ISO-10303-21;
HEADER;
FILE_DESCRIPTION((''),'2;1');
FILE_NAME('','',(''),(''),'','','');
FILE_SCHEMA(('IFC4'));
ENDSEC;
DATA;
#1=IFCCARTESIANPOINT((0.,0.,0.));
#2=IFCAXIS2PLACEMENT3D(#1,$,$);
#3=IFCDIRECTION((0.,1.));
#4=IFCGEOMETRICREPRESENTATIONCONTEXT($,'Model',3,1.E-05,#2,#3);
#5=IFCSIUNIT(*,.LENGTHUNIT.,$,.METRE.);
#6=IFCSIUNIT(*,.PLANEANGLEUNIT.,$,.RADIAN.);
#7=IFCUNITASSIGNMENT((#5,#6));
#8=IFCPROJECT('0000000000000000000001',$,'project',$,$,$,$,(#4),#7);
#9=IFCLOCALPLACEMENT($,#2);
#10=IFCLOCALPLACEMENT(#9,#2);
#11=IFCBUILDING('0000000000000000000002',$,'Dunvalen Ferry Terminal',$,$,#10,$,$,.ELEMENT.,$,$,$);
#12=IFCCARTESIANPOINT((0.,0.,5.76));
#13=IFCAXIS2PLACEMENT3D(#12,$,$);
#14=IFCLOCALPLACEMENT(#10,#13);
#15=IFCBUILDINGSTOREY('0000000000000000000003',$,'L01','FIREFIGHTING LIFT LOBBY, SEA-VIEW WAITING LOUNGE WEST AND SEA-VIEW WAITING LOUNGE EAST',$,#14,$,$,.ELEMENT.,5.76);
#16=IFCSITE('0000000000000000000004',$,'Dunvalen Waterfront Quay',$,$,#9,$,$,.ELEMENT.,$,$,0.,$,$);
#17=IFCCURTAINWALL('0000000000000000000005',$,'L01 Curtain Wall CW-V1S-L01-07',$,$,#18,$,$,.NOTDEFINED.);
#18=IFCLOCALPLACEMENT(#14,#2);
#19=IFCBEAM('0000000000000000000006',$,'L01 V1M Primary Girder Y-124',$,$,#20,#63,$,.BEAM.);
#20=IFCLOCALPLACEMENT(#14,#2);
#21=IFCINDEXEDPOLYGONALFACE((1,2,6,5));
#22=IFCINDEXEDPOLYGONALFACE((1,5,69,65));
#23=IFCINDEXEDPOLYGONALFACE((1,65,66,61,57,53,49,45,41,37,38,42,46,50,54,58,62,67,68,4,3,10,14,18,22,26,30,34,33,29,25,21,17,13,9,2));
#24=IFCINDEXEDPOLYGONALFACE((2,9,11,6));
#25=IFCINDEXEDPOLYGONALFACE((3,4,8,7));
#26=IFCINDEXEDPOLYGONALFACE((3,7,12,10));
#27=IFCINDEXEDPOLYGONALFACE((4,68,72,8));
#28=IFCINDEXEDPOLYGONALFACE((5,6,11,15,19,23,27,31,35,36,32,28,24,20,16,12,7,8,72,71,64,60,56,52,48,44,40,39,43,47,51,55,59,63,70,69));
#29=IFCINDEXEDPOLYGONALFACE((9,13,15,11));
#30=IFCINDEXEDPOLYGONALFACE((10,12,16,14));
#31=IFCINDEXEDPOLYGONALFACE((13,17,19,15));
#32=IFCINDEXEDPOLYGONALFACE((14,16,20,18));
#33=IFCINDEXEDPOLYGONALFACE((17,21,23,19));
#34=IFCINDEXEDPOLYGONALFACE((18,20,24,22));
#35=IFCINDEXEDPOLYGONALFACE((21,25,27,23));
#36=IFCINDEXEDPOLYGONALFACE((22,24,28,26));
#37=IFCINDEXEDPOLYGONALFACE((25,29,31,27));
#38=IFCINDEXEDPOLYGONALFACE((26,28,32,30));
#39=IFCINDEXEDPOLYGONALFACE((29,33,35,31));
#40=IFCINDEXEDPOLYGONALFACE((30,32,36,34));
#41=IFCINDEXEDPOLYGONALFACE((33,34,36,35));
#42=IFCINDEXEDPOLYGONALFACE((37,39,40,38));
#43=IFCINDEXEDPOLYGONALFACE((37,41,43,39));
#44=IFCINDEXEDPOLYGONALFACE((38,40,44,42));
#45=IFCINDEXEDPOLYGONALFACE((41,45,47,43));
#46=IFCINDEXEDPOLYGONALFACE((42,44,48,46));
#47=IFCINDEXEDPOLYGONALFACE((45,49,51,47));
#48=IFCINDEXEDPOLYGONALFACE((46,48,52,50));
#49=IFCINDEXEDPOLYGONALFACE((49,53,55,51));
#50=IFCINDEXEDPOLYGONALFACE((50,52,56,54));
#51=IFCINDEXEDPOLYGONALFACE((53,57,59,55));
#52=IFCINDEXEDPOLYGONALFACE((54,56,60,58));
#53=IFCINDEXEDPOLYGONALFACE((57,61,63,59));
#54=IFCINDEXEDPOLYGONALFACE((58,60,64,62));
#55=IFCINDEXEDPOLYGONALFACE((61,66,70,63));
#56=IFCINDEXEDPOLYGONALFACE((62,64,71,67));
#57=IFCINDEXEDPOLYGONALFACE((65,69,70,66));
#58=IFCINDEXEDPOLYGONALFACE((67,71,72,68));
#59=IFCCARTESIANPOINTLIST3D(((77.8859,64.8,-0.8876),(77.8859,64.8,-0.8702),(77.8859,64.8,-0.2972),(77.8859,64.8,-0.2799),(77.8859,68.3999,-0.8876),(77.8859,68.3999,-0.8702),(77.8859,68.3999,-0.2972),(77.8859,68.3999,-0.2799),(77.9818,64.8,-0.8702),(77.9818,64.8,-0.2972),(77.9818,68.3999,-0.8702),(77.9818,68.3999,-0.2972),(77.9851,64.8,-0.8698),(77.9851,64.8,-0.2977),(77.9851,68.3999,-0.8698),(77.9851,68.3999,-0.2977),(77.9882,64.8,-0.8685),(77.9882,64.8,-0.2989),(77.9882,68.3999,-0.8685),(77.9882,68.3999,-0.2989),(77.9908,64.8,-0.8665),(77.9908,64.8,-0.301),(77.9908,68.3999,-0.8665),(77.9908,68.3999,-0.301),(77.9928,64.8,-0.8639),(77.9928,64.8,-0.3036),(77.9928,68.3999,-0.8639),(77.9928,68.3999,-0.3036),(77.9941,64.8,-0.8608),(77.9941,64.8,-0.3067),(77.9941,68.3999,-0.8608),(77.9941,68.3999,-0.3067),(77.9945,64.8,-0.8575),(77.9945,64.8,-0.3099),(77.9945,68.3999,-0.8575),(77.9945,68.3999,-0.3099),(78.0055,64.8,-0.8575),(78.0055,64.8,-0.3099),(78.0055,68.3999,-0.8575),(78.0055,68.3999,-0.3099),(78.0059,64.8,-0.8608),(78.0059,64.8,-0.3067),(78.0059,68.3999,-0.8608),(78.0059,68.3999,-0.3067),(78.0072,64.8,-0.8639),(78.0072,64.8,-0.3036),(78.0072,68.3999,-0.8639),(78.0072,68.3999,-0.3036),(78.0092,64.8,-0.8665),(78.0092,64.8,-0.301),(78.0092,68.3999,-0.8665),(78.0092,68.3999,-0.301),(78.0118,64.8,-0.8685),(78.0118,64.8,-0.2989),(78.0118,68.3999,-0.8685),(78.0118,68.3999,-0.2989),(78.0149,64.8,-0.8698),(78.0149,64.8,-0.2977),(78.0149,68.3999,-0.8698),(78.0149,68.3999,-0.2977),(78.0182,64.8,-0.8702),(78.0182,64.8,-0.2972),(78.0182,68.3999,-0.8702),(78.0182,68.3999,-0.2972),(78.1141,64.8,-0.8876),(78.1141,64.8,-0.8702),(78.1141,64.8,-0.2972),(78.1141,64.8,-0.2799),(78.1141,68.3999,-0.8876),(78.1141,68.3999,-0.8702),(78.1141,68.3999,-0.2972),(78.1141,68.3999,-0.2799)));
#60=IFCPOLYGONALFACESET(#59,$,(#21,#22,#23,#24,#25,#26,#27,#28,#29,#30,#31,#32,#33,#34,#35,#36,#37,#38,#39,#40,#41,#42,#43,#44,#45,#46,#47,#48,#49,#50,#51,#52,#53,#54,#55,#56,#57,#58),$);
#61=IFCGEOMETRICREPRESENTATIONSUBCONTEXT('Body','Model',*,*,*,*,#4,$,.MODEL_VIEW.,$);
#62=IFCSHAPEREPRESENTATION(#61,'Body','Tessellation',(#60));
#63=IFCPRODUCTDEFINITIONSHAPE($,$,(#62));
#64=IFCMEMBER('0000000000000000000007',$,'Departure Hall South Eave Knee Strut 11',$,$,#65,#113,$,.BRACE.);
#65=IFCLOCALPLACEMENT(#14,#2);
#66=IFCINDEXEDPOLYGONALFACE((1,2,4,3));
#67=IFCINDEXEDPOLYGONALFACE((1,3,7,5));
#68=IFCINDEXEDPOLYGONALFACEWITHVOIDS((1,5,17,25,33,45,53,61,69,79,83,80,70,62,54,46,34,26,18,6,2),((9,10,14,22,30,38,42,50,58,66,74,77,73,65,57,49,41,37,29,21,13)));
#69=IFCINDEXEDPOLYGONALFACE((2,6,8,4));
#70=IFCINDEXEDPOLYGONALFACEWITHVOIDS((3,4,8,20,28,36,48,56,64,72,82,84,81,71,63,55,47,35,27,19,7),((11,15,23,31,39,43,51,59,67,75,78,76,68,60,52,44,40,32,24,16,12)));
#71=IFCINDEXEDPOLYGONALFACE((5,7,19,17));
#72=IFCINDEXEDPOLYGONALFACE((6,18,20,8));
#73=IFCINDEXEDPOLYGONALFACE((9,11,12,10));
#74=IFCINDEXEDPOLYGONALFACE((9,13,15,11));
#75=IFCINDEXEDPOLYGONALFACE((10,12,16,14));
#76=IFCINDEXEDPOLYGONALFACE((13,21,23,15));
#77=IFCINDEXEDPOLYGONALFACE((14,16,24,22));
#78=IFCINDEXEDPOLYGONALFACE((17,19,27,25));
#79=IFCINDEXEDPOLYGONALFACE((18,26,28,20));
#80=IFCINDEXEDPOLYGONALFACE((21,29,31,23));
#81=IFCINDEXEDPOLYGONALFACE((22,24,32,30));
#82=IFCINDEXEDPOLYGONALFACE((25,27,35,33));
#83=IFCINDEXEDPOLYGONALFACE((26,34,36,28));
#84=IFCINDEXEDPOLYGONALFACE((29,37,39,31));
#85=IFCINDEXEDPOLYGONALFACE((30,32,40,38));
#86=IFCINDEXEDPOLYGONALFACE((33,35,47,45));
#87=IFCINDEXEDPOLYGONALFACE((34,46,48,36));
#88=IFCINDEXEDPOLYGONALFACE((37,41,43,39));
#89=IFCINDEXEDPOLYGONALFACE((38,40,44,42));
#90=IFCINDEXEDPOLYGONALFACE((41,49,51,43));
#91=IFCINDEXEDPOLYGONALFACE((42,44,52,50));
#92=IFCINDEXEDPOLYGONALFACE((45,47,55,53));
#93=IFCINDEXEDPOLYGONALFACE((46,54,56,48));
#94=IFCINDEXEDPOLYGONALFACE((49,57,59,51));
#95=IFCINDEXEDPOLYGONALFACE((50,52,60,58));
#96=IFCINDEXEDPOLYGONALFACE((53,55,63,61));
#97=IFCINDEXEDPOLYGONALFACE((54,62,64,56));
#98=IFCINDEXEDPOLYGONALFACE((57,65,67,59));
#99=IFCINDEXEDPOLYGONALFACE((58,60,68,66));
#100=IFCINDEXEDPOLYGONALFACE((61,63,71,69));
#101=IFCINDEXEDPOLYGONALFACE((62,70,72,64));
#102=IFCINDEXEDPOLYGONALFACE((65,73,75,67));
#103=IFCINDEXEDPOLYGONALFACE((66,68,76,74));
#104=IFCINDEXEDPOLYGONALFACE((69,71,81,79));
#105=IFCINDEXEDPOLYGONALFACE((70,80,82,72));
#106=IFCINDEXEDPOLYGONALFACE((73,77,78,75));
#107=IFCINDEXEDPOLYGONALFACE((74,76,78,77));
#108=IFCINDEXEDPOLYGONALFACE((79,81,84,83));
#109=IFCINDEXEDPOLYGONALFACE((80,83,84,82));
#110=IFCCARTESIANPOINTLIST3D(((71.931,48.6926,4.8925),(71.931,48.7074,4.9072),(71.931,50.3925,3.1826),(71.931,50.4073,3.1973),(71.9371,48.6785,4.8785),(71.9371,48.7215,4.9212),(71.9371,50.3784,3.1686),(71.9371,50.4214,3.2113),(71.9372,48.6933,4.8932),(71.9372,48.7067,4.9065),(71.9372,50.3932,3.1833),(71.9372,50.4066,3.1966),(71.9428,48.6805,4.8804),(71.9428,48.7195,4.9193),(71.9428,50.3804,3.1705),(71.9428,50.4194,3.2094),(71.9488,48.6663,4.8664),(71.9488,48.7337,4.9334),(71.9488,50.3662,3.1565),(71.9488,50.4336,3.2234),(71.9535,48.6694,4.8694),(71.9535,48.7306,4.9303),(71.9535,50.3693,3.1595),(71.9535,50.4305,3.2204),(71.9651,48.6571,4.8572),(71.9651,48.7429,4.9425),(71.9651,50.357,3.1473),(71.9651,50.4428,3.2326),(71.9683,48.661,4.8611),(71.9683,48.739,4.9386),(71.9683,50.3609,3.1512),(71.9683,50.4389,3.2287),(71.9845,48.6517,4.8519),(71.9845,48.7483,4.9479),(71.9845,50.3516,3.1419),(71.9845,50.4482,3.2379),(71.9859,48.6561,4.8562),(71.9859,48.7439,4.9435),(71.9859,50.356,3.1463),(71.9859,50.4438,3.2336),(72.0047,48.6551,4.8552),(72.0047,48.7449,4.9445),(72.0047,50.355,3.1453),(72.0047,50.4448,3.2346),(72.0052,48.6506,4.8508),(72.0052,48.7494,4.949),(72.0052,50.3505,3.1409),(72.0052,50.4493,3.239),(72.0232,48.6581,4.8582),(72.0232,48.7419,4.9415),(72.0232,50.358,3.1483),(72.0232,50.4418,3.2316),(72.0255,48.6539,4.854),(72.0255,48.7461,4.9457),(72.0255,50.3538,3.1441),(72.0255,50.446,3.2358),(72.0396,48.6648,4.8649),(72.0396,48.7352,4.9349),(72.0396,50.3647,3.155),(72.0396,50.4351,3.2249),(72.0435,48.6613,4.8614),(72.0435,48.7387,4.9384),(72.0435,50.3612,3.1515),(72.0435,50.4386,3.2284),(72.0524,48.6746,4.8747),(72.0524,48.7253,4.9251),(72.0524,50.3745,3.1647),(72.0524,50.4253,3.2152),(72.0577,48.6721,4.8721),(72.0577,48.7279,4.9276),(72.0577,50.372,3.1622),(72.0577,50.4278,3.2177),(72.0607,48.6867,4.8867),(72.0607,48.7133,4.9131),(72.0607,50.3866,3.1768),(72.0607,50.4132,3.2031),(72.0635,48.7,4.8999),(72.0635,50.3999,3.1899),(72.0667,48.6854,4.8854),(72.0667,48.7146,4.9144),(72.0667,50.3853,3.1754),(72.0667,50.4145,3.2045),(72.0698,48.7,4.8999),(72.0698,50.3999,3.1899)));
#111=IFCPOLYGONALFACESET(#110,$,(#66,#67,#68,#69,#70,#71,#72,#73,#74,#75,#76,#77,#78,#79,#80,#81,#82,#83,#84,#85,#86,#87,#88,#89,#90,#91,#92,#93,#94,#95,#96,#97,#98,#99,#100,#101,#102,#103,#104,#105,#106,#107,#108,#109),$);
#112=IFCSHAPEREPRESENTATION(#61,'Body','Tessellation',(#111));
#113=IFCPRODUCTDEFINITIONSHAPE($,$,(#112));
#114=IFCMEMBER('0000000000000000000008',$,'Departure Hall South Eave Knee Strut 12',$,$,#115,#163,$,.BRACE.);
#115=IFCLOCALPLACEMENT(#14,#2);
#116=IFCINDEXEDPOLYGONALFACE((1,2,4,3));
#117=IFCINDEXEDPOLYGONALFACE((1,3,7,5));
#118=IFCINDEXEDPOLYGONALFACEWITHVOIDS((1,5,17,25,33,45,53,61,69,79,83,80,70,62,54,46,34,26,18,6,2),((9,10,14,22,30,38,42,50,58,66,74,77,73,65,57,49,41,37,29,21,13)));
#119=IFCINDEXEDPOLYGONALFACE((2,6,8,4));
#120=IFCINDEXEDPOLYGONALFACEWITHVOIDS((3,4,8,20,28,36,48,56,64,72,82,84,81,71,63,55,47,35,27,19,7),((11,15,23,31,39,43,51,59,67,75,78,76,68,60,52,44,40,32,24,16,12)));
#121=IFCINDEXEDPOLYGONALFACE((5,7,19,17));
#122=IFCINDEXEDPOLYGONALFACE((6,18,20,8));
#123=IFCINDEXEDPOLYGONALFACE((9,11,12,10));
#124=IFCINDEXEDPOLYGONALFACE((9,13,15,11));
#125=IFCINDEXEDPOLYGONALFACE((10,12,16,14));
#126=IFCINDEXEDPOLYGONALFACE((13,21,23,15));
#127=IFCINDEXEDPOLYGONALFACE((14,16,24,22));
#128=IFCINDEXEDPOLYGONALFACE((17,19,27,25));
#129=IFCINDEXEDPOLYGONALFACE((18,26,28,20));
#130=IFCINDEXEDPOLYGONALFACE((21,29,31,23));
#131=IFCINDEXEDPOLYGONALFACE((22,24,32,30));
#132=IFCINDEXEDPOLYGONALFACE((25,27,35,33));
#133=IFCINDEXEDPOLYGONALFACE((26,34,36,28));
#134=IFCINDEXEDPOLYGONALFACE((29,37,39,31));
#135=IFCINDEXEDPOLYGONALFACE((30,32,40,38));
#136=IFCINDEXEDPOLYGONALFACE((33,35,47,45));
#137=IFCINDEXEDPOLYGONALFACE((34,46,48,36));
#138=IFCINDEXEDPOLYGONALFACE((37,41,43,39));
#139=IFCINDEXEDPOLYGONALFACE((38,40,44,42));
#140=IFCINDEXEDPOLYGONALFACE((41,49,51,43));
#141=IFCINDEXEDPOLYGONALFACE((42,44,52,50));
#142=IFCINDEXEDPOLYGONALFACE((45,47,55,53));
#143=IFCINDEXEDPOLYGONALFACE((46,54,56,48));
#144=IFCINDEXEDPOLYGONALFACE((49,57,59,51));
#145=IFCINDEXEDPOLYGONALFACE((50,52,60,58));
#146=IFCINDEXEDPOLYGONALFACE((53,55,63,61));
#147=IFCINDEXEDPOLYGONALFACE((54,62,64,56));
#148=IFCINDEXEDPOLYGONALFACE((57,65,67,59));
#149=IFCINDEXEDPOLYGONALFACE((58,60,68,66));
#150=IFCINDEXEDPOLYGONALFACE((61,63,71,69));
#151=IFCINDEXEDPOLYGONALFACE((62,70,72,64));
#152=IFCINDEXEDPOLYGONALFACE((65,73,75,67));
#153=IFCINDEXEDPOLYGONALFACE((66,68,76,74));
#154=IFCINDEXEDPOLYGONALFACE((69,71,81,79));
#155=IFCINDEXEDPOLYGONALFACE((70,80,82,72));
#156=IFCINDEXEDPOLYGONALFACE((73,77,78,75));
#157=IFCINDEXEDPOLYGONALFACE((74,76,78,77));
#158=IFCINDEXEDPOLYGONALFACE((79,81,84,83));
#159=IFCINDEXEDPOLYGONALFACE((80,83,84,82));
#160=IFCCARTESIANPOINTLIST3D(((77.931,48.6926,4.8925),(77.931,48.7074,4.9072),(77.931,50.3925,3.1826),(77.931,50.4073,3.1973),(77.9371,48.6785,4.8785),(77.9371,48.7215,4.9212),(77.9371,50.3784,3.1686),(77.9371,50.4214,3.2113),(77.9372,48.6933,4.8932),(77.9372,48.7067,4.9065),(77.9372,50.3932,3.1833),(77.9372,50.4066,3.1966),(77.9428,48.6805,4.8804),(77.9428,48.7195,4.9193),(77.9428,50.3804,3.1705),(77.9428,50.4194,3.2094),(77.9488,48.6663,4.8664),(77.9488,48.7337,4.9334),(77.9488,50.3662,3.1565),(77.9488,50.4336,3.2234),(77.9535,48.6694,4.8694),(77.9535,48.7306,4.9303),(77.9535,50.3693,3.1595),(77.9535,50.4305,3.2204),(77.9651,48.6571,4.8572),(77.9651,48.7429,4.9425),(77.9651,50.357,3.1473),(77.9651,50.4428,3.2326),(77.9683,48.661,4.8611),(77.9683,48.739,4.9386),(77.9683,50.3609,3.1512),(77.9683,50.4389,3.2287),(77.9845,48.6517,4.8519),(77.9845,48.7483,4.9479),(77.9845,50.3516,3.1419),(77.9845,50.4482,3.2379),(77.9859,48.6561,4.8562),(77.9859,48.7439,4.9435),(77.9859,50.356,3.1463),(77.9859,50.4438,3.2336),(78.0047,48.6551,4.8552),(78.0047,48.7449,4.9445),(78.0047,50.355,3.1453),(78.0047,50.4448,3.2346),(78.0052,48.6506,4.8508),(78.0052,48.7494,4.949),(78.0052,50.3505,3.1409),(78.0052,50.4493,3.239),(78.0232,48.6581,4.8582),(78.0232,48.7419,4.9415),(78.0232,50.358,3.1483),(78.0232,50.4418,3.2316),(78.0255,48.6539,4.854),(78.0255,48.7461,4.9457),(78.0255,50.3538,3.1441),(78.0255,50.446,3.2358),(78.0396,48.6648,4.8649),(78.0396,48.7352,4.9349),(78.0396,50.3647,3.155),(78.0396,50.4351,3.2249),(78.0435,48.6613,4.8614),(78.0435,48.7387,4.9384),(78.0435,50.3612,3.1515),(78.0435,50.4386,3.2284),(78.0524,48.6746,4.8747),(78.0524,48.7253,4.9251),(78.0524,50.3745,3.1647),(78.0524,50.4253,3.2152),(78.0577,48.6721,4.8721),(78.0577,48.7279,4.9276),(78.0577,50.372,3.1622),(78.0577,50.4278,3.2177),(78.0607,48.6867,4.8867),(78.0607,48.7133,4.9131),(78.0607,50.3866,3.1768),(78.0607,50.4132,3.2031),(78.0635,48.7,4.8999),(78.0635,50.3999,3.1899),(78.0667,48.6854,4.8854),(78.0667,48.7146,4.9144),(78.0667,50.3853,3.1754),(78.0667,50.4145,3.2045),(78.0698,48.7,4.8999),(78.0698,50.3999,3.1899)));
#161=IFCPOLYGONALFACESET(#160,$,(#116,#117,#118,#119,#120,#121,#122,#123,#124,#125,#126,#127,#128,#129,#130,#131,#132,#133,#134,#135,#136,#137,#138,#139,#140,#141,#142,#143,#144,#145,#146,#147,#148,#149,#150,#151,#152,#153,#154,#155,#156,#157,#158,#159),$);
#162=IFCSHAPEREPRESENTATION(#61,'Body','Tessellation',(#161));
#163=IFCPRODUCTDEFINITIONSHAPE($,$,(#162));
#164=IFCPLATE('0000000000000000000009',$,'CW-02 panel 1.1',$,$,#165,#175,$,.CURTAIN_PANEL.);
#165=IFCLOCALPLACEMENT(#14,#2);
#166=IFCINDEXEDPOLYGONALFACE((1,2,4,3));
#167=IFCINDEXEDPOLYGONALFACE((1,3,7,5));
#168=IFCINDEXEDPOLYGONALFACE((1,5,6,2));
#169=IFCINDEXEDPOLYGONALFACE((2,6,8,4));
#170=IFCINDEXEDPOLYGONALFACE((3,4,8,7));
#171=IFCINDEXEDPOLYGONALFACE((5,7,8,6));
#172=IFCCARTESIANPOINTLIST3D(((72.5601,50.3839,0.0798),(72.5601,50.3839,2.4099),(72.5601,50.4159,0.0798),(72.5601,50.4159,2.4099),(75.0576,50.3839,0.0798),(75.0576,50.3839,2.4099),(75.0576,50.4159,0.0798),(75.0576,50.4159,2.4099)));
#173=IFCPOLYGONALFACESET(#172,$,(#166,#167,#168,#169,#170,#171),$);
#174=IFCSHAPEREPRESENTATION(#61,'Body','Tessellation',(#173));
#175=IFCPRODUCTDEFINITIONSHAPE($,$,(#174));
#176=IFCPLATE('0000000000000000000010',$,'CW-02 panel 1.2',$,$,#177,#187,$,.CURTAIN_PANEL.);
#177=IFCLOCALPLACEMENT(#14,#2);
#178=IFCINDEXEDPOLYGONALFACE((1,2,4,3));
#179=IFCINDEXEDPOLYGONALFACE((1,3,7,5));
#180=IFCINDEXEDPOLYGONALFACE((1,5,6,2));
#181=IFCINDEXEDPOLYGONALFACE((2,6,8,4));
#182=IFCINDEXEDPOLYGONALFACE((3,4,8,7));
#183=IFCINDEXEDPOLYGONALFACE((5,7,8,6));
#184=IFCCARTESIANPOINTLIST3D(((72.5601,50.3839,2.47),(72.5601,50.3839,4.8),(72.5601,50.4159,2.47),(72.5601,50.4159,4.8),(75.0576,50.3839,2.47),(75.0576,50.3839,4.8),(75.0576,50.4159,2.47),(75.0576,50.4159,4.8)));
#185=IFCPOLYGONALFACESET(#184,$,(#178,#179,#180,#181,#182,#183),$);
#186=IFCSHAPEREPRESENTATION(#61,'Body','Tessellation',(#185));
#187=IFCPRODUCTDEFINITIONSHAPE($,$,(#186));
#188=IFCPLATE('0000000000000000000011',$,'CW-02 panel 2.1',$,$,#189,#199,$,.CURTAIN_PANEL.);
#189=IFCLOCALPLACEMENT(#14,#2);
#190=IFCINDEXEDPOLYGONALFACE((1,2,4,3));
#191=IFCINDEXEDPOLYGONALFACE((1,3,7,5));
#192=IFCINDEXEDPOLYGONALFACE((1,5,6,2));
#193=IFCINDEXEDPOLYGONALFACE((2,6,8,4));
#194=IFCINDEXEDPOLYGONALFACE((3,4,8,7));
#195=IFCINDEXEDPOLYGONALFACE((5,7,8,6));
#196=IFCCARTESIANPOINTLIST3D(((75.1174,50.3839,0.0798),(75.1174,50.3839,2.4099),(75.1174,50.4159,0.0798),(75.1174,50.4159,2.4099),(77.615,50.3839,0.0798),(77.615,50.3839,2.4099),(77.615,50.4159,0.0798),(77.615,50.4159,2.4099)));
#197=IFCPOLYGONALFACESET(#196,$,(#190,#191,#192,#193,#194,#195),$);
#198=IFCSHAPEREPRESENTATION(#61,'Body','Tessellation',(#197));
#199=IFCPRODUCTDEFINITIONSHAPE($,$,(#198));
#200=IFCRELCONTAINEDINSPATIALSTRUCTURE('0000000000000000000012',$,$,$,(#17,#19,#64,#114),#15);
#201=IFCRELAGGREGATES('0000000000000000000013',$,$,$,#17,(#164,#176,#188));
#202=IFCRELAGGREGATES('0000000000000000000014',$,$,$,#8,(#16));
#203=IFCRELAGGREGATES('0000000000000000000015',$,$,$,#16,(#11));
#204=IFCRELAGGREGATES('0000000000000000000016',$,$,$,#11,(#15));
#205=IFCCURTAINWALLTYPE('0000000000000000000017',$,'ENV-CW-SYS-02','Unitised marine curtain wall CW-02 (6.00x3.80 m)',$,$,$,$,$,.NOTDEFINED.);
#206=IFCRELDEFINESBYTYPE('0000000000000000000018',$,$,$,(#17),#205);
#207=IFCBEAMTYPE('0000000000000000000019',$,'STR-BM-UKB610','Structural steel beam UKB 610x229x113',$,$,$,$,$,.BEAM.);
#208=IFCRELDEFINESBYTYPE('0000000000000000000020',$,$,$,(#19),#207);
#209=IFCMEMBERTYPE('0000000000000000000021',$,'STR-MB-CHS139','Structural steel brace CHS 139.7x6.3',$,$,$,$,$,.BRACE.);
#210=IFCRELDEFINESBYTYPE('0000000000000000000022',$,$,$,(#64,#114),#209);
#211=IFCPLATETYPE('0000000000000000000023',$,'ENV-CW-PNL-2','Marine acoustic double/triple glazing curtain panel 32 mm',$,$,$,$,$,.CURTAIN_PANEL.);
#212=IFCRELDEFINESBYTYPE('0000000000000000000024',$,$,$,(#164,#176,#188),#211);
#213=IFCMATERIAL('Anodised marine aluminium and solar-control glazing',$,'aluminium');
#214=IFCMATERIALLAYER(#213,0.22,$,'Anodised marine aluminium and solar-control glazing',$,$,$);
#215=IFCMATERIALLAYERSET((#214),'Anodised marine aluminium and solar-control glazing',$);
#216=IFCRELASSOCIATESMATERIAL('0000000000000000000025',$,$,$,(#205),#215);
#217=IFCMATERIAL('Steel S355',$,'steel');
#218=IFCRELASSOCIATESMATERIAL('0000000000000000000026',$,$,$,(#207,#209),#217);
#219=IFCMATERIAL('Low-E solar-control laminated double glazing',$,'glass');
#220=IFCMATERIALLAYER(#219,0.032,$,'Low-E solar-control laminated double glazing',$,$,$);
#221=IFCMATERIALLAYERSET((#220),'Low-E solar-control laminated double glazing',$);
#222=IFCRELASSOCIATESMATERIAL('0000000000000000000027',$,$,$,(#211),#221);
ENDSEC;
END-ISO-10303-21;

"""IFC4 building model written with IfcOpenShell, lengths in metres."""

from ifc_helpers import new_model, si_unit, direction, frame, origin, origin_2d, place, context, subcontext, project, spatial, rectangle, hollow_circle, i_section, extrude, material, layer, layer_set, material_profile, profile_set, type_object, element, aggregate, save


model = new_model("IFC4")

# Units and contexts
model_context = context("Model", 3, precision=1e-05, world=origin(), true_north=direction((0.0, 1.0)))
body_context = subcontext(model_context, "Body", "Model", "MODEL_VIEW")
ifc_project = project(units=[si_unit("LENGTHUNIT", "METRE"), si_unit("PLANEANGLEUNIT", "RADIAN")], contexts=[model_context])

# Site, building, storey
site_placement = place(None, origin())
site = spatial("IfcSite", under=ifc_project, at=site_placement, Name="Dunvalen Waterfront Quay", CompositionType="ELEMENT", RefElevation=0.0)
building_placement = place(site_placement, origin())
building = spatial("IfcBuilding", under=site, at=building_placement, Name="Dunvalen Ferry Terminal", CompositionType="ELEMENT")
storey_placement = place(building_placement, frame((0.0, 0.0, 5.76)))
storey = spatial("IfcBuildingStorey", under=building, at=storey_placement, Name="L01", Description="FIREFIGHTING LIFT LOBBY, SEA-VIEW WAITING LOUNGE WEST AND SEA-VIEW WAITING LOUNGE EAST", CompositionType="ELEMENT", Elevation=5.76)

# Curtain wall
ifc_material_1 = material(Name="Anodised marine aluminium and solar-control glazing", Category="aluminium")
ifc_layer_1 = layer(ifc_material_1, 0.22, Name="Anodised marine aluminium and solar-control glazing")
ifc_layer_set_1 = layer_set([ifc_layer_1], Name="Anodised marine aluminium and solar-control glazing")
curtain_wall_type = type_object("IfcCurtainWallType", Name="ENV-CW-SYS-02", Description="Unitised marine curtain wall CW-02 (6.00x3.80 m)", PredefinedType="NOTDEFINED", material=ifc_layer_set_1)
curtain_wall_placement = place(storey_placement, origin())
curtain_wall = element("IfcCurtainWall", 1, at=curtain_wall_placement, inside=storey, type_object=curtain_wall_type, Name="L01 Curtain Wall CW-V1S-L01-07", PredefinedType="NOTDEFINED")

# Beam
ifc_material_2 = material(Name="Steel S355", Category="steel")
ifc_material_profile_1 = material_profile(ifc_material_2, i_section(OverallWidth=0.2283, OverallDepth=0.6077, WebThickness=0.011, FlangeThickness=0.0173, FilletRadius=0.0127, at=origin_2d()), Name="Steel S355")
ifc_profile_set_1 = profile_set([ifc_material_profile_1], Name="Steel S355")
beam_type_1 = type_object("IfcBeamType", Name="STR-BM-UKB610", Description="Structural steel beam UKB 610x229x113", PredefinedType="BEAM", material=ifc_profile_set_1)
beam_1_placement = place(storey_placement, frame((78.0, 64.8, -0.5837), z_axis=(0.0, 1.0, 0.0), x_axis=(-1.0, 0.0, 0.0)))
element("IfcBeam", 2, at=beam_1_placement, inside=storey, type_object=beam_type_1, Name="L01 V1M Primary Girder Y-124", PredefinedType="BEAM", context=body_context, shape_type="SweptSolid", body=[
    extrude(i_section(OverallWidth=0.2283, OverallDepth=0.6077, WebThickness=0.011, FlangeThickness=0.0173, FilletRadius=0.0127, at=origin_2d()), origin(), (0.0, 0.0, 1.0), 3.5999),
])

# Members
ifc_material_profile_2 = material_profile(ifc_material_2, hollow_circle(Radius=0.0698, WallThickness=0.0063, at=origin_2d()), Name="Steel S355")
ifc_profile_set_2 = profile_set([ifc_material_profile_2], Name="Steel S355")
member_type_1 = type_object("IfcMemberType", Name="STR-MB-CHS139", Description="Structural steel brace CHS 139.7x6.3", PredefinedType="BRACE", material=ifc_profile_set_2)
for number, where, z_axis, x_axis, name in (
    (3, (72.0, 50.3999, 3.1899), (0.0, -0.705028, 0.709179), (1.0, 0.0, 0.0), "Departure Hall South Eave Knee Strut 11"),
    (4, (78.0, 50.3999, 3.1899), (0.0, -0.705028, 0.709179), (1.0, 0.0, 0.0), "Departure Hall South Eave Knee Strut 12"),
):
    element("IfcMember", number, at=place(storey_placement, frame(where, z_axis=z_axis, x_axis=x_axis)), inside=storey, type_object=member_type_1, Name=name, PredefinedType="BRACE", context=body_context, shape_type="SweptSolid", body=[
        extrude(hollow_circle(Radius=0.0698, WallThickness=0.0063, at=origin_2d()), origin(), (0.0, 0.0, 1.0), 2.4111),
    ])

# Plates
ifc_material_3 = material(Name="Low-E solar-control laminated double glazing", Category="glass")
ifc_layer_2 = layer(ifc_material_3, 0.032, Name="Low-E solar-control laminated double glazing")
ifc_layer_set_2 = layer_set([ifc_layer_2], Name="Low-E solar-control laminated double glazing")
plate_type_1 = type_object("IfcPlateType", Name="ENV-CW-PNL-2", Description="Marine acoustic double/triple glazing curtain panel 32 mm", PredefinedType="CURTAIN_PANEL", material=ifc_layer_set_2)
plate_1_placement = place(storey_placement, frame((73.8088, 50.3999, 0.0798), z_axis=(0.0, 0.0, 1.0), x_axis=(1.0, 0.0, 0.0)))
plate_1 = element("IfcPlate", 5, at=plate_1_placement, type_object=plate_type_1, Name="CW-02 panel 1.1", PredefinedType="CURTAIN_PANEL", context=body_context, shape_type="SweptSolid", body=[
    extrude(rectangle(XDim=2.4976, YDim=0.032, at=origin_2d()), origin(), (0.0, 0.0, 1.0), 2.3301),
])
plate_2_placement = place(storey_placement, frame((73.8088, 50.3999, 2.47), z_axis=(0.0, 0.0, 1.0), x_axis=(1.0, 0.0, 0.0)))
plate_2 = element("IfcPlate", 6, at=plate_2_placement, type_object=plate_type_1, Name="CW-02 panel 1.2", PredefinedType="CURTAIN_PANEL", context=body_context, shape_type="SweptSolid", body=[
    extrude(rectangle(XDim=2.4976, YDim=0.032, at=origin_2d()), origin(), (0.0, 0.0, 1.0), 2.3301),
])
plate_3_placement = place(storey_placement, frame((76.3662, 50.3999, 0.0798), z_axis=(0.0, 0.0, 1.0), x_axis=(1.0, 0.0, 0.0)))
plate_3 = element("IfcPlate", 7, at=plate_3_placement, type_object=plate_type_1, Name="CW-02 panel 2.1", PredefinedType="CURTAIN_PANEL", context=body_context, shape_type="SweptSolid", body=[
    extrude(rectangle(XDim=2.4976, YDim=0.032, at=origin_2d()), origin(), (0.0, 0.0, 1.0), 2.3301),
])
aggregate(curtain_wall, [plate_1, plate_2, plate_3])

save(model, "model.ifc")
